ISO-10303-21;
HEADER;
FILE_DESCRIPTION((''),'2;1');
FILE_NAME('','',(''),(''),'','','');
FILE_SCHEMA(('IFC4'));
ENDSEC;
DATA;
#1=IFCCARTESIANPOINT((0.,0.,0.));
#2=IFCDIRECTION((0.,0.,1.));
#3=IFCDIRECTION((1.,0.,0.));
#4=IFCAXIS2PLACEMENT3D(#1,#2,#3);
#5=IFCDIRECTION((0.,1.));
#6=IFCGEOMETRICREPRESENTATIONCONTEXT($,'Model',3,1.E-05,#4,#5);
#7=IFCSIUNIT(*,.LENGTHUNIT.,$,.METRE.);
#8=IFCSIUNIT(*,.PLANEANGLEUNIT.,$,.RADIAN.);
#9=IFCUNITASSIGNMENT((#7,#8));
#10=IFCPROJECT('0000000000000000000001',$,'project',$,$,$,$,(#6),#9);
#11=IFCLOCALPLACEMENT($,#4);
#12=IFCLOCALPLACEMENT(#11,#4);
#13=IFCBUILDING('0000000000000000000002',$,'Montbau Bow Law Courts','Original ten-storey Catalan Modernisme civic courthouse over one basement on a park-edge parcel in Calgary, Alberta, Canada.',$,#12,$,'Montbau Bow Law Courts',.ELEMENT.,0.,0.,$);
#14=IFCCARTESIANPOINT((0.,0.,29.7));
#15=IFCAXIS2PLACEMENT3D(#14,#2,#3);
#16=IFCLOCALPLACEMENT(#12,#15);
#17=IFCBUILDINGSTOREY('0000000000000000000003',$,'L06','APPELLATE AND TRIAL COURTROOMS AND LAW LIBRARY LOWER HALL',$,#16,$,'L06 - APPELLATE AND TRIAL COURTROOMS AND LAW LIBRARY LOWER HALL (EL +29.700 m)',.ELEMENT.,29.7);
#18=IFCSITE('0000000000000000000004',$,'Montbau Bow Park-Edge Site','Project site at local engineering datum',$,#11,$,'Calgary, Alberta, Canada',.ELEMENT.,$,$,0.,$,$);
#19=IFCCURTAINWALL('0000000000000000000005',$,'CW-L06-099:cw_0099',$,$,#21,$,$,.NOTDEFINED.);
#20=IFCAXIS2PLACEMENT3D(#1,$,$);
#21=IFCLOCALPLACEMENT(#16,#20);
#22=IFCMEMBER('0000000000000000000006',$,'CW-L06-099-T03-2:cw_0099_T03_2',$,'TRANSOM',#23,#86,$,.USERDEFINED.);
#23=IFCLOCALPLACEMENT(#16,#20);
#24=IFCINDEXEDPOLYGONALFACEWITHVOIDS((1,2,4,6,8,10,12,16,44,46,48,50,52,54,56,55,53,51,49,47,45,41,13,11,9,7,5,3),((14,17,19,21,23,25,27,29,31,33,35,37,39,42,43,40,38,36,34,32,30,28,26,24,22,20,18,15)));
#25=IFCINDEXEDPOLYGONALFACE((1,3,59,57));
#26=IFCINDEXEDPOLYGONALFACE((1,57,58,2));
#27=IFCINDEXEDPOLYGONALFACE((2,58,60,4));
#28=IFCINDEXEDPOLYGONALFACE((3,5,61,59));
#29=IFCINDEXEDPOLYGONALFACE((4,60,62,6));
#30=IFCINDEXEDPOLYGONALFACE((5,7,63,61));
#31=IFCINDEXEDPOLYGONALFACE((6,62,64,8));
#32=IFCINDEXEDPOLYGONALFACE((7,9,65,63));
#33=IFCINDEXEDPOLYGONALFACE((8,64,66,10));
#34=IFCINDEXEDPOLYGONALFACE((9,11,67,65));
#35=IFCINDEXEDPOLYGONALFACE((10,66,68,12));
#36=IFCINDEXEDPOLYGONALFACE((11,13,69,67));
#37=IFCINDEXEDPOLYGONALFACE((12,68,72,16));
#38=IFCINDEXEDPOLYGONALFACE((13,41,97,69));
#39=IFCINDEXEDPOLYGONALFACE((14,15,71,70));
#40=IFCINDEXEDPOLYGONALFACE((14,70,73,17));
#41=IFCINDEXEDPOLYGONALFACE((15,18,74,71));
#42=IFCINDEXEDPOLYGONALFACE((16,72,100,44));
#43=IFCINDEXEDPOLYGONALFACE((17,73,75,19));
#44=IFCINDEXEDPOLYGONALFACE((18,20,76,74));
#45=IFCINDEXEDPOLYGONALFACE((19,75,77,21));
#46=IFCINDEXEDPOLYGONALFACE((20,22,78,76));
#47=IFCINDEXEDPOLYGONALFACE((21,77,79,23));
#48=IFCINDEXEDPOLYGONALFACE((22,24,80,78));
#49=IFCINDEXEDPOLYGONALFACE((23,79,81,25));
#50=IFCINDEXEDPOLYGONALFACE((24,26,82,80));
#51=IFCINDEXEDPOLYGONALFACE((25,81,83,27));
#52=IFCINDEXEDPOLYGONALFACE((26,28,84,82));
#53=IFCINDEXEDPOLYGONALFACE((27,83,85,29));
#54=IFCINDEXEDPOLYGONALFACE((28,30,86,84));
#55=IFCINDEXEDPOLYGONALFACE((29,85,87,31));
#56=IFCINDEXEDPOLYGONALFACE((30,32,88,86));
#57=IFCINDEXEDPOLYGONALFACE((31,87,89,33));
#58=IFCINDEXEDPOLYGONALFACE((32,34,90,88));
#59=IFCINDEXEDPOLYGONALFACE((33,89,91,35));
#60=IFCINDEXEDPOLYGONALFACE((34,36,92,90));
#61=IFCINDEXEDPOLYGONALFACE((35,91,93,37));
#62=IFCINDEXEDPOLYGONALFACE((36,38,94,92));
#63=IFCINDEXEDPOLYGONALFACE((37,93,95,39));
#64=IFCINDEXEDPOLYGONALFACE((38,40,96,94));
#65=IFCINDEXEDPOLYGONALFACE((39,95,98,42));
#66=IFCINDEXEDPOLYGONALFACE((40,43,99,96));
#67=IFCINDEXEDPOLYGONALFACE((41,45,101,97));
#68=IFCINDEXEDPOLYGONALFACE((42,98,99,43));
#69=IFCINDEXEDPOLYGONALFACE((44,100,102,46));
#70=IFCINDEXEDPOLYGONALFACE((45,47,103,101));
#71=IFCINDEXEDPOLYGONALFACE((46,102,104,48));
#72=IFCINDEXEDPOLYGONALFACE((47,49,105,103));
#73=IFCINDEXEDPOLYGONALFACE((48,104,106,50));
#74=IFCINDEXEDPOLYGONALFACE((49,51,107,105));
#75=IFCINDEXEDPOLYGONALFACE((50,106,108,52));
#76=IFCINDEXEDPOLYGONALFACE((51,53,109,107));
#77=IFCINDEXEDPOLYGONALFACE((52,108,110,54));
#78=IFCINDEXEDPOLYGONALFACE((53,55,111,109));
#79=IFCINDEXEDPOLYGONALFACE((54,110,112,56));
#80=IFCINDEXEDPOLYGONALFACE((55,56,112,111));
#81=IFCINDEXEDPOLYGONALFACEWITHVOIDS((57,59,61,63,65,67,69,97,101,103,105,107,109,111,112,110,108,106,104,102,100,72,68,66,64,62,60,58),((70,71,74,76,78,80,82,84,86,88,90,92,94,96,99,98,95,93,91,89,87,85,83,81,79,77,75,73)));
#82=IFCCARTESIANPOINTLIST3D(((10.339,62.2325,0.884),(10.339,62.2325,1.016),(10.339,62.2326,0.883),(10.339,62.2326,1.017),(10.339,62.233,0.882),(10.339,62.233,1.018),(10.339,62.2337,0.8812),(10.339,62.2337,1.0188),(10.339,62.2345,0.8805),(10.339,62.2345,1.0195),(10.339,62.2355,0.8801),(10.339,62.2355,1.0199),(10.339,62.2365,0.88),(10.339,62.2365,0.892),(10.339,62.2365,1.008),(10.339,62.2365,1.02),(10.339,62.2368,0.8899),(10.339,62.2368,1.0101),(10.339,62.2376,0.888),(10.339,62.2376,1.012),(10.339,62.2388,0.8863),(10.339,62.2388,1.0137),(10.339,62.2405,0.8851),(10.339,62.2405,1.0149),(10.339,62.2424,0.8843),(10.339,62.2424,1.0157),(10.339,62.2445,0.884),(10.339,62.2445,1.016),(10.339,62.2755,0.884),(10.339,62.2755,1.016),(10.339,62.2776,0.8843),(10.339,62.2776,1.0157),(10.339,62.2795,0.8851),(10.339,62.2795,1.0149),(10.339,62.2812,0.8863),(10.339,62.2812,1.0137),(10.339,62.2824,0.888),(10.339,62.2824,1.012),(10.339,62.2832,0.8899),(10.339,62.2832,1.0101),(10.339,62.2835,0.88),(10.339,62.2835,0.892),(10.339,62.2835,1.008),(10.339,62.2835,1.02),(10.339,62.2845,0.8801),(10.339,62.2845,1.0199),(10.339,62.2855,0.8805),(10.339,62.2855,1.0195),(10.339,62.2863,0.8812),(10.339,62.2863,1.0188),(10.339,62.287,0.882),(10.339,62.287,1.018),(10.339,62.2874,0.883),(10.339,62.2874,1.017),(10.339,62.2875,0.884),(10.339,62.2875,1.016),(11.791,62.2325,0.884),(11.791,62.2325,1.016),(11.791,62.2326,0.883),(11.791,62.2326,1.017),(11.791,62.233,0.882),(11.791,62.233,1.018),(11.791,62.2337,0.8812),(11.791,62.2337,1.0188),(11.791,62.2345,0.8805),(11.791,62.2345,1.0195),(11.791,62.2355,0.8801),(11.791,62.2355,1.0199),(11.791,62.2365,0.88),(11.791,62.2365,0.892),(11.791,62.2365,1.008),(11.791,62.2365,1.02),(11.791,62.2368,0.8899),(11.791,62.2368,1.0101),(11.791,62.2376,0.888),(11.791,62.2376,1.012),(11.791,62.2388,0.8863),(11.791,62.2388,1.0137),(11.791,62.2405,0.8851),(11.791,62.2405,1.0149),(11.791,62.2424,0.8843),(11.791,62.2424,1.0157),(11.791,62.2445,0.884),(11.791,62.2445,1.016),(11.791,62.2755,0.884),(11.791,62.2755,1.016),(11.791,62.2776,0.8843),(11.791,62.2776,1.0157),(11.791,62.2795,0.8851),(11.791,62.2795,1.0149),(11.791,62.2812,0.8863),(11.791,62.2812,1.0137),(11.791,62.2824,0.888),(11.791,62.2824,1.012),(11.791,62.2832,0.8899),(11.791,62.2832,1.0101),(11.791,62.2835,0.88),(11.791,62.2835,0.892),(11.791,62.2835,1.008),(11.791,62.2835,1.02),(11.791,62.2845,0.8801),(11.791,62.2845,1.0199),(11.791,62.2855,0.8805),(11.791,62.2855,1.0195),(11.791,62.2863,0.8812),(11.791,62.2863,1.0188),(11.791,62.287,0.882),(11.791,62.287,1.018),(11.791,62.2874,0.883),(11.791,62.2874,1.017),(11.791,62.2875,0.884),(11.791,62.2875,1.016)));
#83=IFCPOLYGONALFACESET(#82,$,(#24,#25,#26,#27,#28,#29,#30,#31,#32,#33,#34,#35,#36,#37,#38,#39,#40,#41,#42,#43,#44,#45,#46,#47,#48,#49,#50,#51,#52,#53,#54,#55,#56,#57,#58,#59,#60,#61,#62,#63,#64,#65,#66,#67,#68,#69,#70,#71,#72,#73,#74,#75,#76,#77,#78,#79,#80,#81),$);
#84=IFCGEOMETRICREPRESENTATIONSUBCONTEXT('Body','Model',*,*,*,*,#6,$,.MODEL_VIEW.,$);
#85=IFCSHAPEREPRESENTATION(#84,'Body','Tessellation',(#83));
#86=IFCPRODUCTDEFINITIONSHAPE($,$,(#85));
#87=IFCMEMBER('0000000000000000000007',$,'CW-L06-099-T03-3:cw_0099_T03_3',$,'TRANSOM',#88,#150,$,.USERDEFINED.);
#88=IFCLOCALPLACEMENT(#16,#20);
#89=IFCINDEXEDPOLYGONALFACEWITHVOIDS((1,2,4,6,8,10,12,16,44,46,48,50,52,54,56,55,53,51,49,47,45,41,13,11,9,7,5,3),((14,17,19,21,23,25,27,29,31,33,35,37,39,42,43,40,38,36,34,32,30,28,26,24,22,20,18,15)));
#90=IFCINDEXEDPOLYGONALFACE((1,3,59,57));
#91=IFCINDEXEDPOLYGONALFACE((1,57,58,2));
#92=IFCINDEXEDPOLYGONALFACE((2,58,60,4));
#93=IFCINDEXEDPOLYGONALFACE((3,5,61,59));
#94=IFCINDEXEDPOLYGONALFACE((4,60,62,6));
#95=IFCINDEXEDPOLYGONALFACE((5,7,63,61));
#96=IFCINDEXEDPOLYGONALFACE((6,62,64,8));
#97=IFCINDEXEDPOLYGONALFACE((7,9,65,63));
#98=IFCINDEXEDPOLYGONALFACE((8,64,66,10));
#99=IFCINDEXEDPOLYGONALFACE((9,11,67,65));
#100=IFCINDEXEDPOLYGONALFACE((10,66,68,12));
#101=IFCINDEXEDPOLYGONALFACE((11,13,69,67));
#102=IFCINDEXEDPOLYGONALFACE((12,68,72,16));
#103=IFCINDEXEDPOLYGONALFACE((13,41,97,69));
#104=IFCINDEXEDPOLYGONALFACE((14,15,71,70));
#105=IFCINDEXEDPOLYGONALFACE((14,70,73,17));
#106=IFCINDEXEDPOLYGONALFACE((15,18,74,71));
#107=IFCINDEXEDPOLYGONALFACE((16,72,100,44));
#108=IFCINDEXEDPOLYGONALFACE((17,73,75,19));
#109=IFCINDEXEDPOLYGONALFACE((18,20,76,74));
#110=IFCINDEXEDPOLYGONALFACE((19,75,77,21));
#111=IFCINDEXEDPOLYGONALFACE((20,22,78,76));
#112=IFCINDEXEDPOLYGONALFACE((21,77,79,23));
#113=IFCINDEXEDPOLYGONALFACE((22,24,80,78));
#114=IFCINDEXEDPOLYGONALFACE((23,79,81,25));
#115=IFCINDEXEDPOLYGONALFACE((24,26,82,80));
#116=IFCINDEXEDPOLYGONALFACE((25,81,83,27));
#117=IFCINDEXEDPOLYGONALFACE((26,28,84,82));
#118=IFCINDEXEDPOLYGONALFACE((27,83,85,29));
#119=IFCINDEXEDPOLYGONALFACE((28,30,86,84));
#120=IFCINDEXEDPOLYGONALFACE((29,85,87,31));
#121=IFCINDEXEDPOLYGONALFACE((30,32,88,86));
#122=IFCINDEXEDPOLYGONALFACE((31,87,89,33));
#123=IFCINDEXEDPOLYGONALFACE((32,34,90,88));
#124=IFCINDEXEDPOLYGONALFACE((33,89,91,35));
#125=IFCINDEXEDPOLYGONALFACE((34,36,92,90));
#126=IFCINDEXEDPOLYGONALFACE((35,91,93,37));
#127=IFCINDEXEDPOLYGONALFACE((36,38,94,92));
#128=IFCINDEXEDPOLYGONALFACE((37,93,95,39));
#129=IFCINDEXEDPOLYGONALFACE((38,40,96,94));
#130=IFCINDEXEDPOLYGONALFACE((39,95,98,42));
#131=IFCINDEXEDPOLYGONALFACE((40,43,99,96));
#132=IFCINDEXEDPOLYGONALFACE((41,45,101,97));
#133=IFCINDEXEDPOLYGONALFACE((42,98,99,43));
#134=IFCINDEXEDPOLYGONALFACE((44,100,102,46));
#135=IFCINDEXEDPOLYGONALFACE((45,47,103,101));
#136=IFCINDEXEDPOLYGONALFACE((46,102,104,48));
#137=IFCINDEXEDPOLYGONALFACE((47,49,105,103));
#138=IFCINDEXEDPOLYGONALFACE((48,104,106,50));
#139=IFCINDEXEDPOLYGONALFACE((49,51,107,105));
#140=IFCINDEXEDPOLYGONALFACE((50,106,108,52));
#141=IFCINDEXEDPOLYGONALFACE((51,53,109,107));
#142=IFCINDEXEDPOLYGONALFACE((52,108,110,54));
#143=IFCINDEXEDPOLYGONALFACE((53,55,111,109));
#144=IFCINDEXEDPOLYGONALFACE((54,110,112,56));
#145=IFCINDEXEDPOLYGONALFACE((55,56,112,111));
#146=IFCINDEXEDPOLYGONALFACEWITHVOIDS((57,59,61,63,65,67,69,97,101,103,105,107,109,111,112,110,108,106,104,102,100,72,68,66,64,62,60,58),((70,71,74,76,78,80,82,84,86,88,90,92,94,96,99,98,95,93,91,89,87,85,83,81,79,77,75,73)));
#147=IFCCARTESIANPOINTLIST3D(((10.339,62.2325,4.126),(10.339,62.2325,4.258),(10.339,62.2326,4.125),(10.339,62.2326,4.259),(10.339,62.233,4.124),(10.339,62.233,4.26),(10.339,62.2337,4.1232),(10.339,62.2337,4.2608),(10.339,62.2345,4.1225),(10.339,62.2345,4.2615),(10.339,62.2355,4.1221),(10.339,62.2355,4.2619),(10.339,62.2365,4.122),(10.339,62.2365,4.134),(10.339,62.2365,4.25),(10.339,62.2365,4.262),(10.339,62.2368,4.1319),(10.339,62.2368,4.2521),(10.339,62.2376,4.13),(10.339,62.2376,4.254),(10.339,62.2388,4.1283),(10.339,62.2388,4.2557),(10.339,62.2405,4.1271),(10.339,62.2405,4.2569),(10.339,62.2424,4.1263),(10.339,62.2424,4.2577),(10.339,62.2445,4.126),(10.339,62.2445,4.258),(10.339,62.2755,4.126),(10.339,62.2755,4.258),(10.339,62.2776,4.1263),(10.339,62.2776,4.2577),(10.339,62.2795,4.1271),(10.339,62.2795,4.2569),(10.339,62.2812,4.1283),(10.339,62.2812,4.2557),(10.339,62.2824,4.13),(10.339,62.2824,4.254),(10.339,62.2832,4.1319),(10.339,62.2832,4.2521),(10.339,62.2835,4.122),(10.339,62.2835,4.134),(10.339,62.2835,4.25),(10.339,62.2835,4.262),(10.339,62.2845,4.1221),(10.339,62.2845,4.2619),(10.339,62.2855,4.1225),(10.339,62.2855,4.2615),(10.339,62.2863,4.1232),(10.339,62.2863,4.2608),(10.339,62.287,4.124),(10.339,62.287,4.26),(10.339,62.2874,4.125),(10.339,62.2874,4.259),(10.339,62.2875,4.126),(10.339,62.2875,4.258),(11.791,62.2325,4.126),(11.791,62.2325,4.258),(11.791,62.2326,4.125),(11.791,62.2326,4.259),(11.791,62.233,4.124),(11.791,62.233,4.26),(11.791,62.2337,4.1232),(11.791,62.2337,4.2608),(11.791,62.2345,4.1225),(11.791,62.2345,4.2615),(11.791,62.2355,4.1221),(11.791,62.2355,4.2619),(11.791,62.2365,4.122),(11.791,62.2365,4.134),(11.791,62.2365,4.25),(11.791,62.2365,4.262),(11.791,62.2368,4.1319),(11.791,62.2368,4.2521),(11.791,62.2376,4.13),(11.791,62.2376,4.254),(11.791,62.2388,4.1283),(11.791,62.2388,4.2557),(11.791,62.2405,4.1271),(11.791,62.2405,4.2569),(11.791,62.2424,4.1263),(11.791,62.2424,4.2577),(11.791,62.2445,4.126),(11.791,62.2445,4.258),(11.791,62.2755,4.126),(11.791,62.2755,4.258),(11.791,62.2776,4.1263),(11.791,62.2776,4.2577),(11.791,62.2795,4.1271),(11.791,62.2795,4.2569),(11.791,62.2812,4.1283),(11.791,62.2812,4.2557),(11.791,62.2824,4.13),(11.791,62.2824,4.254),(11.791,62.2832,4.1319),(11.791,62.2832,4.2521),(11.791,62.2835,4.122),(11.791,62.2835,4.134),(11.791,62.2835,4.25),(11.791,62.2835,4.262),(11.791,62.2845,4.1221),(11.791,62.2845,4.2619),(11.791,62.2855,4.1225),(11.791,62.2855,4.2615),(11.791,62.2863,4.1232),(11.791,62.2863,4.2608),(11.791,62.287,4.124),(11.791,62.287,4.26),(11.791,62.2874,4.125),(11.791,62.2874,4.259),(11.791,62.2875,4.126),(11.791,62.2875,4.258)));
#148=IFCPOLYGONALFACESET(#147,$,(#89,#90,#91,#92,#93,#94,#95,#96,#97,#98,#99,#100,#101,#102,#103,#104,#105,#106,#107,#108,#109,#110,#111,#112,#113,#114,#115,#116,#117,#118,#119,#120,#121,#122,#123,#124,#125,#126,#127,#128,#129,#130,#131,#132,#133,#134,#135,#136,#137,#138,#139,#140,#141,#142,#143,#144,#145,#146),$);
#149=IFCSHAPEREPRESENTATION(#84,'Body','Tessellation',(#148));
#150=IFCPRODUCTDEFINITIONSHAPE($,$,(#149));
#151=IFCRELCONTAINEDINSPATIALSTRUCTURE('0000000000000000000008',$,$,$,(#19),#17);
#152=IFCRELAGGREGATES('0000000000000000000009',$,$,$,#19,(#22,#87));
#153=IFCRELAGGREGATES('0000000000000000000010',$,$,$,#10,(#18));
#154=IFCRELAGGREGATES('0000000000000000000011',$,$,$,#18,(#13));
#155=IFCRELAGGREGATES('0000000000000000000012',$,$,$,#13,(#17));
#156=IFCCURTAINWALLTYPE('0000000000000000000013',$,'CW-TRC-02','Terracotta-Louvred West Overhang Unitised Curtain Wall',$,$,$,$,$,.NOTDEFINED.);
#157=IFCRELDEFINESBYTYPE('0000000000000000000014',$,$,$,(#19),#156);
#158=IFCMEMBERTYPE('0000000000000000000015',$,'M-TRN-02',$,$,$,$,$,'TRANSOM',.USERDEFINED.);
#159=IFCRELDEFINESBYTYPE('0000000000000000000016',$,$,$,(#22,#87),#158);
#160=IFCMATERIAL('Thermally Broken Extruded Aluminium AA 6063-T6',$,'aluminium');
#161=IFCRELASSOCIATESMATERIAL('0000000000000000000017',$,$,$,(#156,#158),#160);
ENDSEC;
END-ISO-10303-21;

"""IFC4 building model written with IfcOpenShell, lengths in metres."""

from ifc_helpers import new_model, si_unit, direction, frame, origin_with_axes, origin_2d_with_axis, place, context, subcontext, project, spatial, hollow_rectangle, extrude, material, material_profile, profile_set, type_object, element, aggregate, save


model = new_model("IFC4")

# Units and contexts
model_context = context("Model", 3, precision=1e-05, world=origin_with_axes(), true_north=direction((0.0, 1.0)))
body_context = subcontext(model_context, "Body", "Model", "MODEL_VIEW")
ifc_project = project(units=[si_unit("LENGTHUNIT", "METRE"), si_unit("PLANEANGLEUNIT", "RADIAN")], contexts=[model_context])

# Site, building, storey
site_placement = place(None, origin_with_axes())
site = spatial("IfcSite", under=ifc_project, at=site_placement, Name="Montbau Bow Park-Edge Site", Description="Project site at local engineering datum", LongName="Calgary, Alberta, Canada", CompositionType="ELEMENT", RefElevation=0.0)
building_placement = place(site_placement, origin_with_axes())
building = spatial("IfcBuilding", under=site, at=building_placement, Name="Montbau Bow Law Courts", Description="Original ten-storey Catalan Modernisme civic courthouse over one basement on a park-edge parcel in Calgary, Alberta, Canada.", LongName="Montbau Bow Law Courts", CompositionType="ELEMENT", ElevationOfRefHeight=0.0, ElevationOfTerrain=0.0)
storey_placement = place(building_placement, frame((0.0, 0.0, 29.7), z_axis=(0.0, 0.0, 1.0), x_axis=(1.0, 0.0, 0.0)))
storey = spatial("IfcBuildingStorey", under=building, at=storey_placement, Name="L06", Description="APPELLATE AND TRIAL COURTROOMS AND LAW LIBRARY LOWER HALL", LongName="L06 - APPELLATE AND TRIAL COURTROOMS AND LAW LIBRARY LOWER HALL (EL +29.700 m)", CompositionType="ELEMENT", Elevation=29.7)

# Curtain wall, members
ifc_material_1 = material(Name="Thermally Broken Extruded Aluminium AA 6063-T6", Category="aluminium")
curtain_wall_type = type_object("IfcCurtainWallType", Name="CW-TRC-02", Description="Terracotta-Louvred West Overhang Unitised Curtain Wall", PredefinedType="NOTDEFINED", material=ifc_material_1)
curtain_wall_placement = place(None, frame((7.24, 62.26, 29.7), z_axis=(0.0, 0.0, 1.0), x_axis=(1.0, 0.0, 0.0)))
curtain_wall = element("IfcCurtainWall", 1, at=curtain_wall_placement, inside=storey, type_object=curtain_wall_type, Name="CW-L06-099:cw_0099", PredefinedType="NOTDEFINED")
ifc_material_profile_1 = material_profile(ifc_material_1, hollow_rectangle(XDim=0.055, YDim=0.14, WallThickness=0.004, InnerFilletRadius=0.008, OuterFilletRadius=0.004, at=origin_2d_with_axis()), Name="CWT-140X55", Category="Main", Priority=0)
ifc_profile_set_1 = profile_set([ifc_material_profile_1], Name="Thermally Broken Extruded Aluminium AA 6063-T6")
member_type_1 = type_object("IfcMemberType", Name="M-TRN-02", ElementType="TRANSOM", PredefinedType="USERDEFINED", material=ifc_profile_set_1)
member_1_placement = place(None, frame((10.339, 62.26, 30.65), z_axis=(1.0, 0.0, 0.0), x_axis=(0.0, 1.0, 0.0)))
member_1 = element("IfcMember", 2, at=member_1_placement, type_object=member_type_1, Name="CW-L06-099-T03-2:cw_0099_T03_2", ObjectType="TRANSOM", PredefinedType="USERDEFINED", context=body_context, shape_type="SweptSolid", body=[
    extrude(hollow_rectangle(XDim=0.055, YDim=0.14, WallThickness=0.004, InnerFilletRadius=0.008, OuterFilletRadius=0.004, at=origin_2d_with_axis()), origin_with_axes(), (0.0, 0.0, 1.0), 1.452),
])
member_2_placement = place(None, frame((10.339, 62.26, 33.892), z_axis=(1.0, 0.0, 0.0), x_axis=(0.0, 1.0, 0.0)))
member_2 = element("IfcMember", 3, at=member_2_placement, type_object=member_type_1, Name="CW-L06-099-T03-3:cw_0099_T03_3", ObjectType="TRANSOM", PredefinedType="USERDEFINED", context=body_context, shape_type="SweptSolid", body=[
    extrude(hollow_rectangle(XDim=0.055, YDim=0.14, WallThickness=0.004, InnerFilletRadius=0.008, OuterFilletRadius=0.004, at=origin_2d_with_axis()), origin_with_axes(), (0.0, 0.0, 1.0), 1.452),
])
aggregate(curtain_wall, [member_1, member_2])

save(model, "model.ifc")
